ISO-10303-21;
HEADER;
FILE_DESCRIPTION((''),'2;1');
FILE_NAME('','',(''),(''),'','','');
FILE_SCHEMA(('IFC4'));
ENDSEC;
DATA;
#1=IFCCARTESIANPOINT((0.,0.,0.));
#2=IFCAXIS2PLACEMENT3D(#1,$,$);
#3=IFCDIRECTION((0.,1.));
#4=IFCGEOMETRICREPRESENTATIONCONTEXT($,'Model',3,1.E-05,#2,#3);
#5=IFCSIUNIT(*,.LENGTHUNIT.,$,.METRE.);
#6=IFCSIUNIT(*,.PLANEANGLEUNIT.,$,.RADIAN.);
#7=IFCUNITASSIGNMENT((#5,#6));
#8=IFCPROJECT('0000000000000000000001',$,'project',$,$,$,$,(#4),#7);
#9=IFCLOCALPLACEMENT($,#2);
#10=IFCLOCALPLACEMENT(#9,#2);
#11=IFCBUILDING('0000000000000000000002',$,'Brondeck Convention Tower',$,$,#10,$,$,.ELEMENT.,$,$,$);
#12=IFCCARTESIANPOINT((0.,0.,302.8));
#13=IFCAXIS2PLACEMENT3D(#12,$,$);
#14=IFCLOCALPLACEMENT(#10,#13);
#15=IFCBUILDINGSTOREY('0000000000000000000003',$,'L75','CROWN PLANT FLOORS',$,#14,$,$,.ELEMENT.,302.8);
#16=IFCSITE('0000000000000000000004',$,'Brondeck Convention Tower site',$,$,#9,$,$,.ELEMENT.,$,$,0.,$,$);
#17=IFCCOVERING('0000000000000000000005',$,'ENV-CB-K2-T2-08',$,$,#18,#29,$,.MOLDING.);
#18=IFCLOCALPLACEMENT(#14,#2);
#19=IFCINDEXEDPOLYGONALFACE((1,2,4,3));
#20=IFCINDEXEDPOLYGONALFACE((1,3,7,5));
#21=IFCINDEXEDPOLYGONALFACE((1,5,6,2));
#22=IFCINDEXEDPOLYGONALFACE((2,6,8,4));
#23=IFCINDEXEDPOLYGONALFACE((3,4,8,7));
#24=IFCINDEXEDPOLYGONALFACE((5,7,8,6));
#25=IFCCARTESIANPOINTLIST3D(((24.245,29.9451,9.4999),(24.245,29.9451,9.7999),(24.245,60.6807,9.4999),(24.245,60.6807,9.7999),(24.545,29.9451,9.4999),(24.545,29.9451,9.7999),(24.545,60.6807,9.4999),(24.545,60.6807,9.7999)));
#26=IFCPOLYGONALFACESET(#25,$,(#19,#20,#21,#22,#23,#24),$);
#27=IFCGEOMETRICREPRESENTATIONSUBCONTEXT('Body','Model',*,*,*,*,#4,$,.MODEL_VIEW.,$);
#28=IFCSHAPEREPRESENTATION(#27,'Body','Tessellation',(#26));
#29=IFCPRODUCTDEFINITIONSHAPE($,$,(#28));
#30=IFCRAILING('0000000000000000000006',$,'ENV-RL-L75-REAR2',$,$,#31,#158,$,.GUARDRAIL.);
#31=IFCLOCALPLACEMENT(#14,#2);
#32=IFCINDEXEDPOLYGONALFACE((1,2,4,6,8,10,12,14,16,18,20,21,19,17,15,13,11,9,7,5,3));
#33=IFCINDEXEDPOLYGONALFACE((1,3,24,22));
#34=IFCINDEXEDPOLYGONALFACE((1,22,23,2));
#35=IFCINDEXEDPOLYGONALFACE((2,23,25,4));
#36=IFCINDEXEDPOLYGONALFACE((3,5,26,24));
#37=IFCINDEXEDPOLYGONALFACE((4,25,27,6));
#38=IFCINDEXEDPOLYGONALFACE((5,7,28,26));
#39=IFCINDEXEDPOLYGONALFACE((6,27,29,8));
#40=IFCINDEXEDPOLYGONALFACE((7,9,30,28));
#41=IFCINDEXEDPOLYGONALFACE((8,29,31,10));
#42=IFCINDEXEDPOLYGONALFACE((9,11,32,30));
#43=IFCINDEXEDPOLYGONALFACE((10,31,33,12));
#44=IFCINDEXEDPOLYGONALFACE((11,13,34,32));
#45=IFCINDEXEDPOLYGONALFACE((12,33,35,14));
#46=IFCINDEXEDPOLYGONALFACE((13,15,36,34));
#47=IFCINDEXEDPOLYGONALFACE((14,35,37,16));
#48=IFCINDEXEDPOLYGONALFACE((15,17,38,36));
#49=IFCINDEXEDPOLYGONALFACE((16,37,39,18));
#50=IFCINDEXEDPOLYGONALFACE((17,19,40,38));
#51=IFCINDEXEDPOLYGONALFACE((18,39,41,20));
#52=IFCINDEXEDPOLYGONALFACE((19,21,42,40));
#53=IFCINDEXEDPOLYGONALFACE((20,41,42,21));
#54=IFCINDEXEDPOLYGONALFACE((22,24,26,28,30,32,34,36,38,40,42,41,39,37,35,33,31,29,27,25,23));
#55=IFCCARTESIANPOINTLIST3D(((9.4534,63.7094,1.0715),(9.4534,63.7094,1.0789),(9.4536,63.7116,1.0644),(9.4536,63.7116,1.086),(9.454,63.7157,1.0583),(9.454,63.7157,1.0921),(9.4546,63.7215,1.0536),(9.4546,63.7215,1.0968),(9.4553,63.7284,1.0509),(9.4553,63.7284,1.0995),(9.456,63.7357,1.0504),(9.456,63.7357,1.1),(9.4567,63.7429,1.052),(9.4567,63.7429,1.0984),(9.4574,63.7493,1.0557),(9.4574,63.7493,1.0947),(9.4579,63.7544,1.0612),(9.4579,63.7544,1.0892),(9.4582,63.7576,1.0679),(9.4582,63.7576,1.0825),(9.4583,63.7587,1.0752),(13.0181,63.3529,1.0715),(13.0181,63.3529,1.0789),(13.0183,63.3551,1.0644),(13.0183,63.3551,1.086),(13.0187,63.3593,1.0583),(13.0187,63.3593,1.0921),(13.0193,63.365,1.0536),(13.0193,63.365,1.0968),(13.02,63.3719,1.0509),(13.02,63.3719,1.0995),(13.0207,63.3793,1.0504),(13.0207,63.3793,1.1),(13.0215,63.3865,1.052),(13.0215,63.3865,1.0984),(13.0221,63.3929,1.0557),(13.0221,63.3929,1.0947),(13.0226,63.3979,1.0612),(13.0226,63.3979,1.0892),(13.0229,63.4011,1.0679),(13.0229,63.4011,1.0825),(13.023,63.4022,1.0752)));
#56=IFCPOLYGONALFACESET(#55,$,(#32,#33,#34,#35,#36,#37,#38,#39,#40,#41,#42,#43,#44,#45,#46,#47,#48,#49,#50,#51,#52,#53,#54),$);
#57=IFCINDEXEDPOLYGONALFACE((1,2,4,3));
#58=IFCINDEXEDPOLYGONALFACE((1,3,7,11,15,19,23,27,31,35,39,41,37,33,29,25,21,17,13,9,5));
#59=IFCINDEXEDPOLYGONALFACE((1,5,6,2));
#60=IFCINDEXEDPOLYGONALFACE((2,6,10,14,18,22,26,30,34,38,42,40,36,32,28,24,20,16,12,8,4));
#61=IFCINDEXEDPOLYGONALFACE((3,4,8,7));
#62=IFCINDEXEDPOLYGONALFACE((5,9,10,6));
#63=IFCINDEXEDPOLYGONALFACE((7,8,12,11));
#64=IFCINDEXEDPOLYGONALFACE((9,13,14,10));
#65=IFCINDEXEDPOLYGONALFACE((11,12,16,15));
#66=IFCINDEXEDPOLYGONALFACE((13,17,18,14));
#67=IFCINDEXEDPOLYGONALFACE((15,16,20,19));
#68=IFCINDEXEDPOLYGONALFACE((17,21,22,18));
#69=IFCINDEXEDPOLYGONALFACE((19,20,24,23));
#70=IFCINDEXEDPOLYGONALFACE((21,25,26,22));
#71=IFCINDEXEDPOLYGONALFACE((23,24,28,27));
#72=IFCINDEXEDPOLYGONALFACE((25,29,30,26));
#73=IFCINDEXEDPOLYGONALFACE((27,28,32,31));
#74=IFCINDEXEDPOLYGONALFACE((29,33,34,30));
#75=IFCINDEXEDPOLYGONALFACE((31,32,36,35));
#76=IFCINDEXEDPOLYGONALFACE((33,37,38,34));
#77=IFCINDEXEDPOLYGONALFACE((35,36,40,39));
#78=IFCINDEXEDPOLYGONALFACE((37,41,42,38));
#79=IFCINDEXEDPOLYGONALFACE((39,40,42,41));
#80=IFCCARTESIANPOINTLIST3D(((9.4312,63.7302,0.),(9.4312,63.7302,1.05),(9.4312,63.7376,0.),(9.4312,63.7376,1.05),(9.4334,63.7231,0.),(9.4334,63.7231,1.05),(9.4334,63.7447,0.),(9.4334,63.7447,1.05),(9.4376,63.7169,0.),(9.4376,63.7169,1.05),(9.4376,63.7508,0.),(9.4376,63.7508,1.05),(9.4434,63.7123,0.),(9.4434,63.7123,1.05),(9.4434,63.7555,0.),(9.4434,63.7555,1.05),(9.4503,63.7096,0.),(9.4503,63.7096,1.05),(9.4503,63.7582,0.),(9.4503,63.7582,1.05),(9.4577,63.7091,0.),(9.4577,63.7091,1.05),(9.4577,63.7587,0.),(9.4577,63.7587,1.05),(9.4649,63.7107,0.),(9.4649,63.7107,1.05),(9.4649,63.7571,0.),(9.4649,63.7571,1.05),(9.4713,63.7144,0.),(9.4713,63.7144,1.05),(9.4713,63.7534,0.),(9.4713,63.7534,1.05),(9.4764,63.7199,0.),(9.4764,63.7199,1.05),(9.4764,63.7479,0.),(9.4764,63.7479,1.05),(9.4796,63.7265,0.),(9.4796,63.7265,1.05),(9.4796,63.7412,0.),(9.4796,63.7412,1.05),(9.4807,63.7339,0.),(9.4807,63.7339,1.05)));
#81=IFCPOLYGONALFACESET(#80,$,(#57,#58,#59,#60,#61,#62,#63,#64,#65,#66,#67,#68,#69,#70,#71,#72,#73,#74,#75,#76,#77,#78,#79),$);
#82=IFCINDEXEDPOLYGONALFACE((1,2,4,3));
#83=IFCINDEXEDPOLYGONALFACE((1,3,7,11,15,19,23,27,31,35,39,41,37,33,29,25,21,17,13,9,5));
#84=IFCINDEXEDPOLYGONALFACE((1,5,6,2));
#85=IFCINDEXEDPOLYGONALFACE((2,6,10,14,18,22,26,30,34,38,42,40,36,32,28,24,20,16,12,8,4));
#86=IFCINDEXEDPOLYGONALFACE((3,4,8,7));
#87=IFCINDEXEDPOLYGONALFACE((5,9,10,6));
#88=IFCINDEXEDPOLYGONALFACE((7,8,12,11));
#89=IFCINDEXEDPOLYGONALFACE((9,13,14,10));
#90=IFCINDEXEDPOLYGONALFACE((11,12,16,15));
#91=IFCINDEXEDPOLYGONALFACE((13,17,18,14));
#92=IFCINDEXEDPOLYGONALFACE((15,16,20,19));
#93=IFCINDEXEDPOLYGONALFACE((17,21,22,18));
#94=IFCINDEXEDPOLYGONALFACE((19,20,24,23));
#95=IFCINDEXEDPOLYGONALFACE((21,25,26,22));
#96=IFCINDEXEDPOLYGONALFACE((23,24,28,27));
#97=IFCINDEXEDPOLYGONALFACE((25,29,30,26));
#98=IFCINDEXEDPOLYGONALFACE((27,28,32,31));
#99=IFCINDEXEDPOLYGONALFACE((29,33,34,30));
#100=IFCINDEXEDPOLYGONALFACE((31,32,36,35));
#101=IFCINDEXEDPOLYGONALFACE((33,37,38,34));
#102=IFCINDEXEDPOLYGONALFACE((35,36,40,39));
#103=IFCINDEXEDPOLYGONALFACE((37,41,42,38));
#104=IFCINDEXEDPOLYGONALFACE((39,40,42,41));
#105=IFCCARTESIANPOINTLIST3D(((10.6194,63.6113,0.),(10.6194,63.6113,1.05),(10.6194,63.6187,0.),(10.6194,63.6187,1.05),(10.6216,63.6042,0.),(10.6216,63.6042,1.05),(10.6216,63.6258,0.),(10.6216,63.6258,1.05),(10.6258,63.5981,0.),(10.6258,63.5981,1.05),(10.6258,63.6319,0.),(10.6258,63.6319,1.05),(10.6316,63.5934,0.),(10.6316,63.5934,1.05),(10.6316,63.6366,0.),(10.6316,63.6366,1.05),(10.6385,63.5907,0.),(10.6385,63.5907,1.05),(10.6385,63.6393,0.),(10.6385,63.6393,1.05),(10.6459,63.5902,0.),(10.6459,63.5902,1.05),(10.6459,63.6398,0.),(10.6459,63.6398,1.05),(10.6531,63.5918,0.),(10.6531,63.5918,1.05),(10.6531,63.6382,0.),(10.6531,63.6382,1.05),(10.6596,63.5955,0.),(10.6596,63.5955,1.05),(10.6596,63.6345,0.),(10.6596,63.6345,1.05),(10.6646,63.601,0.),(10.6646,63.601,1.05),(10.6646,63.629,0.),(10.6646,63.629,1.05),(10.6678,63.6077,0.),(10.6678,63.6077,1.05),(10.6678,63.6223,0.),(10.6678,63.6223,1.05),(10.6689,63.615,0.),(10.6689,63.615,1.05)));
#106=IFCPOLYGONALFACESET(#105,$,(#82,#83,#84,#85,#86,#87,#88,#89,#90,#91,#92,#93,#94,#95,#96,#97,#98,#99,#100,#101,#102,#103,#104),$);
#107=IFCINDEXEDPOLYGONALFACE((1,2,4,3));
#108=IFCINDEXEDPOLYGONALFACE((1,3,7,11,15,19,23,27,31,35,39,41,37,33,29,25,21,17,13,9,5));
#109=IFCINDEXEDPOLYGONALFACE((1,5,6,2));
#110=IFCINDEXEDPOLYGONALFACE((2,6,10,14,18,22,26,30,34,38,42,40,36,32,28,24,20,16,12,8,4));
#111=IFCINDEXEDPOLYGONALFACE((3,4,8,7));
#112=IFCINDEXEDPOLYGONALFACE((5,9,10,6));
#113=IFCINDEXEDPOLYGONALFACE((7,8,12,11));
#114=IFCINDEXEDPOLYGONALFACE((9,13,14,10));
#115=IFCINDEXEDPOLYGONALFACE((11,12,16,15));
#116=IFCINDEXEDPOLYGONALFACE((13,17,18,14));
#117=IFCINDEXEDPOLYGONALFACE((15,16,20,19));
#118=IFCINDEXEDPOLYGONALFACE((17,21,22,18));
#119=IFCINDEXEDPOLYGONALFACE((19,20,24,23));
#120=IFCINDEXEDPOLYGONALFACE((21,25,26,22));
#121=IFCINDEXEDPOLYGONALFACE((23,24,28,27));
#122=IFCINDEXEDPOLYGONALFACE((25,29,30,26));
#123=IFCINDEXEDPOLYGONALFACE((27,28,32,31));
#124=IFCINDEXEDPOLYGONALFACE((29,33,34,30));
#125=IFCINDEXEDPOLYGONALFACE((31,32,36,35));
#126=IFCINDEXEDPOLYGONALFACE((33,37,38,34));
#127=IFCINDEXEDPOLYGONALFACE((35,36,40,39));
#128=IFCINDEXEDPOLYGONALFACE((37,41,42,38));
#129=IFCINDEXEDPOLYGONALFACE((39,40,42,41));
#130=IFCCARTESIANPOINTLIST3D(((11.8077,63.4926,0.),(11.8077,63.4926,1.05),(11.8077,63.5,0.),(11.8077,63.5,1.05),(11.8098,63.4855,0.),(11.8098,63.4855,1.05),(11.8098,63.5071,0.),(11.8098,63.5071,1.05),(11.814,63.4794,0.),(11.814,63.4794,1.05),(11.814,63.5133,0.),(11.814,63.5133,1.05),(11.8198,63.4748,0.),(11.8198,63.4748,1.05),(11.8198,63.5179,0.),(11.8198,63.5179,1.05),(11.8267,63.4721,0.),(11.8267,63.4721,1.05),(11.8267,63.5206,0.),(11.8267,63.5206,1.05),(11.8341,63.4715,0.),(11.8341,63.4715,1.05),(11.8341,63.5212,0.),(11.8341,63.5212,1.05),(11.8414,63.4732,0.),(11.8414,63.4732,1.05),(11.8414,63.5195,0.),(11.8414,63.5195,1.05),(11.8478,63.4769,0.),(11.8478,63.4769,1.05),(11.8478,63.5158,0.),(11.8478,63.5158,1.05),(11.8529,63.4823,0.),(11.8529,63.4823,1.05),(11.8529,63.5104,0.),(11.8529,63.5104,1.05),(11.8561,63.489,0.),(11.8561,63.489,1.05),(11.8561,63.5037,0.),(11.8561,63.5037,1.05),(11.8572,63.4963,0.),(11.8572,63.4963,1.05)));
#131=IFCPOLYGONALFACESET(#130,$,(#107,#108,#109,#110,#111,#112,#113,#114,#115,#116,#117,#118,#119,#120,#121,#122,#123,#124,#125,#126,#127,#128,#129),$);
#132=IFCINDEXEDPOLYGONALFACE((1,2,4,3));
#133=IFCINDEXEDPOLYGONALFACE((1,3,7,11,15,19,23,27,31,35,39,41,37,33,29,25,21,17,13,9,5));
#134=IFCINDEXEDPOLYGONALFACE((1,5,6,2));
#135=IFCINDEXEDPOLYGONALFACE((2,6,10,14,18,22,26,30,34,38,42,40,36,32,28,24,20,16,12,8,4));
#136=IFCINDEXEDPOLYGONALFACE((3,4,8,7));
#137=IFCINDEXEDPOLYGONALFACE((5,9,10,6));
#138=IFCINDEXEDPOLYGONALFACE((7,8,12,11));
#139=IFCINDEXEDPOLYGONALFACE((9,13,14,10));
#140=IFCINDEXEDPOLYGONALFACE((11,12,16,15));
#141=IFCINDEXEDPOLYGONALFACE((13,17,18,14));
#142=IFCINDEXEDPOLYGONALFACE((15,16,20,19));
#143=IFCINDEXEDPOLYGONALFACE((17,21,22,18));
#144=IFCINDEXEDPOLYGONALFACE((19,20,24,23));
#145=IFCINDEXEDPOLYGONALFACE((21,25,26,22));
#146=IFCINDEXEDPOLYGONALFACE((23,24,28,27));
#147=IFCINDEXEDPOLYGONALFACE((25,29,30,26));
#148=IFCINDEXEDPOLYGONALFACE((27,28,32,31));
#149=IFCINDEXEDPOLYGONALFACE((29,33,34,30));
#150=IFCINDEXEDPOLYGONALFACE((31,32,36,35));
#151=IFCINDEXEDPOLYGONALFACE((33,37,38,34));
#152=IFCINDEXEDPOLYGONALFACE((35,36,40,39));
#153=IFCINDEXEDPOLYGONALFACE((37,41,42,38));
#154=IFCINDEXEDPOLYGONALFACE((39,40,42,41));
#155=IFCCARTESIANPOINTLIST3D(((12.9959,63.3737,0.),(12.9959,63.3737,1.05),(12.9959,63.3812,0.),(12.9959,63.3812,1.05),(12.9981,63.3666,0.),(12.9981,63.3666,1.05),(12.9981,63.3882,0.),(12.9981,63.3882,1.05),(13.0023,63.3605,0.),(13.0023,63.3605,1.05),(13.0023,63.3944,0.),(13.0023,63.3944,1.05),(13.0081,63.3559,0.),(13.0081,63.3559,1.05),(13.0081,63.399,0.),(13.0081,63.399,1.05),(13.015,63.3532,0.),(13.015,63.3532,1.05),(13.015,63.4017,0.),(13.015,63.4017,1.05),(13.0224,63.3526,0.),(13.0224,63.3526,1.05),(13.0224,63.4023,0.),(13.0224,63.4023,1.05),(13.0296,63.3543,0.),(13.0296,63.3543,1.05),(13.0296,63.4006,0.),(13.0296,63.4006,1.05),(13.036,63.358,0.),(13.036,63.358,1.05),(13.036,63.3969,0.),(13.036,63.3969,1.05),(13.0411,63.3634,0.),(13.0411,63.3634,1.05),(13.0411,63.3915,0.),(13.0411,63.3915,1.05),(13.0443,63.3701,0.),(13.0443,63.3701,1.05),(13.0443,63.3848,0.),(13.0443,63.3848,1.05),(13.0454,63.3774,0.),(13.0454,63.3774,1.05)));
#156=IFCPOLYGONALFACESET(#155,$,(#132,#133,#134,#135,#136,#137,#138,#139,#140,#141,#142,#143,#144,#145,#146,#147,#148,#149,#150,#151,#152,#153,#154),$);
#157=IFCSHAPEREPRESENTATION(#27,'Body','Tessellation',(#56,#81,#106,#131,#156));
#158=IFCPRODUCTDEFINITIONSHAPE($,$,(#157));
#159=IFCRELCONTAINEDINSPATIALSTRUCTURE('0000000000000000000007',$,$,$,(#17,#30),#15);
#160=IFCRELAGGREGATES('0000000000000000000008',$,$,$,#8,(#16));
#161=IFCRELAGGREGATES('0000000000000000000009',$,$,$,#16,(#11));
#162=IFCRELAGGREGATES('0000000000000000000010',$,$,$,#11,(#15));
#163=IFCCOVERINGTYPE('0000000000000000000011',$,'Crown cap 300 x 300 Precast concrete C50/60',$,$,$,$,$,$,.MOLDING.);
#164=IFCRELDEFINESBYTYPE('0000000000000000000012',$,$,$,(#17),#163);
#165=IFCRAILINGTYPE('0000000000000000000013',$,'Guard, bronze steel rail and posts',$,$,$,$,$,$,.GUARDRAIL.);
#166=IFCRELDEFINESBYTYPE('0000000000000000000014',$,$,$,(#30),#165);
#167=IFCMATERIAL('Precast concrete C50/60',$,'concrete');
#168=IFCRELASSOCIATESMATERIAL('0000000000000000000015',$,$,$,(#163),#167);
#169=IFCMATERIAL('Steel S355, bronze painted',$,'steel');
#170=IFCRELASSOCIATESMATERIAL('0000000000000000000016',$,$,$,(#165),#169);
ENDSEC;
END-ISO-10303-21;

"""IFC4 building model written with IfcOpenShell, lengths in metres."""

from ifc_helpers import new_model, si_unit, direction, frame, origin, origin_2d, place, context, subcontext, project, spatial, rectangle, circle, extrude, material, material_profile, profile_set, type_object, element, save


model = new_model("IFC4")

# Units and contexts
model_context = context("Model", 3, precision=1e-05, world=origin(), true_north=direction((0.0, 1.0)))
body_context = subcontext(model_context, "Body", "Model", "MODEL_VIEW")
ifc_project = project(units=[si_unit("LENGTHUNIT", "METRE"), si_unit("PLANEANGLEUNIT", "RADIAN")], contexts=[model_context])

# Site, building, storey
site_placement = place(None, origin())
site = spatial("IfcSite", under=ifc_project, at=site_placement, Name="Brondeck Convention Tower site", CompositionType="ELEMENT", RefElevation=0.0)
building_placement = place(site_placement, origin())
building = spatial("IfcBuilding", under=site, at=building_placement, Name="Brondeck Convention Tower", CompositionType="ELEMENT")
storey_placement = place(building_placement, frame((0.0, 0.0, 302.8)))
storey = spatial("IfcBuildingStorey", under=building, at=storey_placement, Name="L75", Description="CROWN PLANT FLOORS", CompositionType="ELEMENT", Elevation=302.8)

# Shared definitions
ifc_material_1 = material(Name="Precast concrete C50/60", Category="concrete")

# Covering
ifc_material_profile_1 = material_profile(ifc_material_1, rectangle(XDim=0.3, YDim=0.3, at=origin_2d()), Name="Crown cap 300 x 300 Precast concrete C50/60")
ifc_profile_set_1 = profile_set([ifc_material_profile_1], Name="Precast concrete C50/60")
covering_type = type_object("IfcCoveringType", Name="Crown cap 300 x 300 Precast concrete C50/60", PredefinedType="MOLDING", material=ifc_profile_set_1)
covering_1_placement = place(storey_placement, frame((24.395, 60.6807, 9.6499), z_axis=(0.0, -1.0, 0.0), x_axis=(1.0, 0.0, 0.0)))
element("IfcCovering", 1, at=covering_1_placement, inside=storey, type_object=covering_type, Name="ENV-CB-K2-T2-08", PredefinedType="MOLDING", context=body_context, shape_type="SweptSolid", body=[
    extrude(rectangle(XDim=0.3, YDim=0.3, at=origin_2d()), origin(), (0.0, 0.0, 1.0), 30.7356),
])

# Railing
ifc_material_2 = material(Name="Steel S355, bronze painted", Category="steel")
railing_type_1 = type_object("IfcRailingType", Name="Guard, bronze steel rail and posts", PredefinedType="GUARDRAIL", material=ifc_material_2)
railing_1_placement = place(storey_placement, frame((9.4558, 63.7339, 0.0)))
element("IfcRailing", 2, at=railing_1_placement, inside=storey, type_object=railing_type_1, Name="ENV-RL-L75-REAR2", PredefinedType="GUARDRAIL", context=body_context, shape_type="SweptSolid", body=[
    extrude(circle(Radius=0.0249, at=origin_2d()), frame((0.0, 0.0, 1.0752), z_axis=(0.995038, -0.099497, 0.0), x_axis=(0.099497, 0.995038, 0.0)), (0.0, 0.0, 1.0), 3.5825),
    extrude(circle(Radius=0.0249, at=origin_2d()), origin(), (0.0, 0.0, 1.0), 1.05),
    extrude(circle(Radius=0.0249, at=origin_2d()), frame((1.1882, -0.1189, 0.0)), (0.0, 0.0, 1.0), 1.05),
    extrude(circle(Radius=0.0249, at=origin_2d()), frame((2.3765, -0.2375, 0.0)), (0.0, 0.0, 1.0), 1.05),
    extrude(circle(Radius=0.0249, at=origin_2d()), frame((3.5647, -0.3564, 0.0)), (0.0, 0.0, 1.0), 1.05),
])

save(model, "model.ifc")
